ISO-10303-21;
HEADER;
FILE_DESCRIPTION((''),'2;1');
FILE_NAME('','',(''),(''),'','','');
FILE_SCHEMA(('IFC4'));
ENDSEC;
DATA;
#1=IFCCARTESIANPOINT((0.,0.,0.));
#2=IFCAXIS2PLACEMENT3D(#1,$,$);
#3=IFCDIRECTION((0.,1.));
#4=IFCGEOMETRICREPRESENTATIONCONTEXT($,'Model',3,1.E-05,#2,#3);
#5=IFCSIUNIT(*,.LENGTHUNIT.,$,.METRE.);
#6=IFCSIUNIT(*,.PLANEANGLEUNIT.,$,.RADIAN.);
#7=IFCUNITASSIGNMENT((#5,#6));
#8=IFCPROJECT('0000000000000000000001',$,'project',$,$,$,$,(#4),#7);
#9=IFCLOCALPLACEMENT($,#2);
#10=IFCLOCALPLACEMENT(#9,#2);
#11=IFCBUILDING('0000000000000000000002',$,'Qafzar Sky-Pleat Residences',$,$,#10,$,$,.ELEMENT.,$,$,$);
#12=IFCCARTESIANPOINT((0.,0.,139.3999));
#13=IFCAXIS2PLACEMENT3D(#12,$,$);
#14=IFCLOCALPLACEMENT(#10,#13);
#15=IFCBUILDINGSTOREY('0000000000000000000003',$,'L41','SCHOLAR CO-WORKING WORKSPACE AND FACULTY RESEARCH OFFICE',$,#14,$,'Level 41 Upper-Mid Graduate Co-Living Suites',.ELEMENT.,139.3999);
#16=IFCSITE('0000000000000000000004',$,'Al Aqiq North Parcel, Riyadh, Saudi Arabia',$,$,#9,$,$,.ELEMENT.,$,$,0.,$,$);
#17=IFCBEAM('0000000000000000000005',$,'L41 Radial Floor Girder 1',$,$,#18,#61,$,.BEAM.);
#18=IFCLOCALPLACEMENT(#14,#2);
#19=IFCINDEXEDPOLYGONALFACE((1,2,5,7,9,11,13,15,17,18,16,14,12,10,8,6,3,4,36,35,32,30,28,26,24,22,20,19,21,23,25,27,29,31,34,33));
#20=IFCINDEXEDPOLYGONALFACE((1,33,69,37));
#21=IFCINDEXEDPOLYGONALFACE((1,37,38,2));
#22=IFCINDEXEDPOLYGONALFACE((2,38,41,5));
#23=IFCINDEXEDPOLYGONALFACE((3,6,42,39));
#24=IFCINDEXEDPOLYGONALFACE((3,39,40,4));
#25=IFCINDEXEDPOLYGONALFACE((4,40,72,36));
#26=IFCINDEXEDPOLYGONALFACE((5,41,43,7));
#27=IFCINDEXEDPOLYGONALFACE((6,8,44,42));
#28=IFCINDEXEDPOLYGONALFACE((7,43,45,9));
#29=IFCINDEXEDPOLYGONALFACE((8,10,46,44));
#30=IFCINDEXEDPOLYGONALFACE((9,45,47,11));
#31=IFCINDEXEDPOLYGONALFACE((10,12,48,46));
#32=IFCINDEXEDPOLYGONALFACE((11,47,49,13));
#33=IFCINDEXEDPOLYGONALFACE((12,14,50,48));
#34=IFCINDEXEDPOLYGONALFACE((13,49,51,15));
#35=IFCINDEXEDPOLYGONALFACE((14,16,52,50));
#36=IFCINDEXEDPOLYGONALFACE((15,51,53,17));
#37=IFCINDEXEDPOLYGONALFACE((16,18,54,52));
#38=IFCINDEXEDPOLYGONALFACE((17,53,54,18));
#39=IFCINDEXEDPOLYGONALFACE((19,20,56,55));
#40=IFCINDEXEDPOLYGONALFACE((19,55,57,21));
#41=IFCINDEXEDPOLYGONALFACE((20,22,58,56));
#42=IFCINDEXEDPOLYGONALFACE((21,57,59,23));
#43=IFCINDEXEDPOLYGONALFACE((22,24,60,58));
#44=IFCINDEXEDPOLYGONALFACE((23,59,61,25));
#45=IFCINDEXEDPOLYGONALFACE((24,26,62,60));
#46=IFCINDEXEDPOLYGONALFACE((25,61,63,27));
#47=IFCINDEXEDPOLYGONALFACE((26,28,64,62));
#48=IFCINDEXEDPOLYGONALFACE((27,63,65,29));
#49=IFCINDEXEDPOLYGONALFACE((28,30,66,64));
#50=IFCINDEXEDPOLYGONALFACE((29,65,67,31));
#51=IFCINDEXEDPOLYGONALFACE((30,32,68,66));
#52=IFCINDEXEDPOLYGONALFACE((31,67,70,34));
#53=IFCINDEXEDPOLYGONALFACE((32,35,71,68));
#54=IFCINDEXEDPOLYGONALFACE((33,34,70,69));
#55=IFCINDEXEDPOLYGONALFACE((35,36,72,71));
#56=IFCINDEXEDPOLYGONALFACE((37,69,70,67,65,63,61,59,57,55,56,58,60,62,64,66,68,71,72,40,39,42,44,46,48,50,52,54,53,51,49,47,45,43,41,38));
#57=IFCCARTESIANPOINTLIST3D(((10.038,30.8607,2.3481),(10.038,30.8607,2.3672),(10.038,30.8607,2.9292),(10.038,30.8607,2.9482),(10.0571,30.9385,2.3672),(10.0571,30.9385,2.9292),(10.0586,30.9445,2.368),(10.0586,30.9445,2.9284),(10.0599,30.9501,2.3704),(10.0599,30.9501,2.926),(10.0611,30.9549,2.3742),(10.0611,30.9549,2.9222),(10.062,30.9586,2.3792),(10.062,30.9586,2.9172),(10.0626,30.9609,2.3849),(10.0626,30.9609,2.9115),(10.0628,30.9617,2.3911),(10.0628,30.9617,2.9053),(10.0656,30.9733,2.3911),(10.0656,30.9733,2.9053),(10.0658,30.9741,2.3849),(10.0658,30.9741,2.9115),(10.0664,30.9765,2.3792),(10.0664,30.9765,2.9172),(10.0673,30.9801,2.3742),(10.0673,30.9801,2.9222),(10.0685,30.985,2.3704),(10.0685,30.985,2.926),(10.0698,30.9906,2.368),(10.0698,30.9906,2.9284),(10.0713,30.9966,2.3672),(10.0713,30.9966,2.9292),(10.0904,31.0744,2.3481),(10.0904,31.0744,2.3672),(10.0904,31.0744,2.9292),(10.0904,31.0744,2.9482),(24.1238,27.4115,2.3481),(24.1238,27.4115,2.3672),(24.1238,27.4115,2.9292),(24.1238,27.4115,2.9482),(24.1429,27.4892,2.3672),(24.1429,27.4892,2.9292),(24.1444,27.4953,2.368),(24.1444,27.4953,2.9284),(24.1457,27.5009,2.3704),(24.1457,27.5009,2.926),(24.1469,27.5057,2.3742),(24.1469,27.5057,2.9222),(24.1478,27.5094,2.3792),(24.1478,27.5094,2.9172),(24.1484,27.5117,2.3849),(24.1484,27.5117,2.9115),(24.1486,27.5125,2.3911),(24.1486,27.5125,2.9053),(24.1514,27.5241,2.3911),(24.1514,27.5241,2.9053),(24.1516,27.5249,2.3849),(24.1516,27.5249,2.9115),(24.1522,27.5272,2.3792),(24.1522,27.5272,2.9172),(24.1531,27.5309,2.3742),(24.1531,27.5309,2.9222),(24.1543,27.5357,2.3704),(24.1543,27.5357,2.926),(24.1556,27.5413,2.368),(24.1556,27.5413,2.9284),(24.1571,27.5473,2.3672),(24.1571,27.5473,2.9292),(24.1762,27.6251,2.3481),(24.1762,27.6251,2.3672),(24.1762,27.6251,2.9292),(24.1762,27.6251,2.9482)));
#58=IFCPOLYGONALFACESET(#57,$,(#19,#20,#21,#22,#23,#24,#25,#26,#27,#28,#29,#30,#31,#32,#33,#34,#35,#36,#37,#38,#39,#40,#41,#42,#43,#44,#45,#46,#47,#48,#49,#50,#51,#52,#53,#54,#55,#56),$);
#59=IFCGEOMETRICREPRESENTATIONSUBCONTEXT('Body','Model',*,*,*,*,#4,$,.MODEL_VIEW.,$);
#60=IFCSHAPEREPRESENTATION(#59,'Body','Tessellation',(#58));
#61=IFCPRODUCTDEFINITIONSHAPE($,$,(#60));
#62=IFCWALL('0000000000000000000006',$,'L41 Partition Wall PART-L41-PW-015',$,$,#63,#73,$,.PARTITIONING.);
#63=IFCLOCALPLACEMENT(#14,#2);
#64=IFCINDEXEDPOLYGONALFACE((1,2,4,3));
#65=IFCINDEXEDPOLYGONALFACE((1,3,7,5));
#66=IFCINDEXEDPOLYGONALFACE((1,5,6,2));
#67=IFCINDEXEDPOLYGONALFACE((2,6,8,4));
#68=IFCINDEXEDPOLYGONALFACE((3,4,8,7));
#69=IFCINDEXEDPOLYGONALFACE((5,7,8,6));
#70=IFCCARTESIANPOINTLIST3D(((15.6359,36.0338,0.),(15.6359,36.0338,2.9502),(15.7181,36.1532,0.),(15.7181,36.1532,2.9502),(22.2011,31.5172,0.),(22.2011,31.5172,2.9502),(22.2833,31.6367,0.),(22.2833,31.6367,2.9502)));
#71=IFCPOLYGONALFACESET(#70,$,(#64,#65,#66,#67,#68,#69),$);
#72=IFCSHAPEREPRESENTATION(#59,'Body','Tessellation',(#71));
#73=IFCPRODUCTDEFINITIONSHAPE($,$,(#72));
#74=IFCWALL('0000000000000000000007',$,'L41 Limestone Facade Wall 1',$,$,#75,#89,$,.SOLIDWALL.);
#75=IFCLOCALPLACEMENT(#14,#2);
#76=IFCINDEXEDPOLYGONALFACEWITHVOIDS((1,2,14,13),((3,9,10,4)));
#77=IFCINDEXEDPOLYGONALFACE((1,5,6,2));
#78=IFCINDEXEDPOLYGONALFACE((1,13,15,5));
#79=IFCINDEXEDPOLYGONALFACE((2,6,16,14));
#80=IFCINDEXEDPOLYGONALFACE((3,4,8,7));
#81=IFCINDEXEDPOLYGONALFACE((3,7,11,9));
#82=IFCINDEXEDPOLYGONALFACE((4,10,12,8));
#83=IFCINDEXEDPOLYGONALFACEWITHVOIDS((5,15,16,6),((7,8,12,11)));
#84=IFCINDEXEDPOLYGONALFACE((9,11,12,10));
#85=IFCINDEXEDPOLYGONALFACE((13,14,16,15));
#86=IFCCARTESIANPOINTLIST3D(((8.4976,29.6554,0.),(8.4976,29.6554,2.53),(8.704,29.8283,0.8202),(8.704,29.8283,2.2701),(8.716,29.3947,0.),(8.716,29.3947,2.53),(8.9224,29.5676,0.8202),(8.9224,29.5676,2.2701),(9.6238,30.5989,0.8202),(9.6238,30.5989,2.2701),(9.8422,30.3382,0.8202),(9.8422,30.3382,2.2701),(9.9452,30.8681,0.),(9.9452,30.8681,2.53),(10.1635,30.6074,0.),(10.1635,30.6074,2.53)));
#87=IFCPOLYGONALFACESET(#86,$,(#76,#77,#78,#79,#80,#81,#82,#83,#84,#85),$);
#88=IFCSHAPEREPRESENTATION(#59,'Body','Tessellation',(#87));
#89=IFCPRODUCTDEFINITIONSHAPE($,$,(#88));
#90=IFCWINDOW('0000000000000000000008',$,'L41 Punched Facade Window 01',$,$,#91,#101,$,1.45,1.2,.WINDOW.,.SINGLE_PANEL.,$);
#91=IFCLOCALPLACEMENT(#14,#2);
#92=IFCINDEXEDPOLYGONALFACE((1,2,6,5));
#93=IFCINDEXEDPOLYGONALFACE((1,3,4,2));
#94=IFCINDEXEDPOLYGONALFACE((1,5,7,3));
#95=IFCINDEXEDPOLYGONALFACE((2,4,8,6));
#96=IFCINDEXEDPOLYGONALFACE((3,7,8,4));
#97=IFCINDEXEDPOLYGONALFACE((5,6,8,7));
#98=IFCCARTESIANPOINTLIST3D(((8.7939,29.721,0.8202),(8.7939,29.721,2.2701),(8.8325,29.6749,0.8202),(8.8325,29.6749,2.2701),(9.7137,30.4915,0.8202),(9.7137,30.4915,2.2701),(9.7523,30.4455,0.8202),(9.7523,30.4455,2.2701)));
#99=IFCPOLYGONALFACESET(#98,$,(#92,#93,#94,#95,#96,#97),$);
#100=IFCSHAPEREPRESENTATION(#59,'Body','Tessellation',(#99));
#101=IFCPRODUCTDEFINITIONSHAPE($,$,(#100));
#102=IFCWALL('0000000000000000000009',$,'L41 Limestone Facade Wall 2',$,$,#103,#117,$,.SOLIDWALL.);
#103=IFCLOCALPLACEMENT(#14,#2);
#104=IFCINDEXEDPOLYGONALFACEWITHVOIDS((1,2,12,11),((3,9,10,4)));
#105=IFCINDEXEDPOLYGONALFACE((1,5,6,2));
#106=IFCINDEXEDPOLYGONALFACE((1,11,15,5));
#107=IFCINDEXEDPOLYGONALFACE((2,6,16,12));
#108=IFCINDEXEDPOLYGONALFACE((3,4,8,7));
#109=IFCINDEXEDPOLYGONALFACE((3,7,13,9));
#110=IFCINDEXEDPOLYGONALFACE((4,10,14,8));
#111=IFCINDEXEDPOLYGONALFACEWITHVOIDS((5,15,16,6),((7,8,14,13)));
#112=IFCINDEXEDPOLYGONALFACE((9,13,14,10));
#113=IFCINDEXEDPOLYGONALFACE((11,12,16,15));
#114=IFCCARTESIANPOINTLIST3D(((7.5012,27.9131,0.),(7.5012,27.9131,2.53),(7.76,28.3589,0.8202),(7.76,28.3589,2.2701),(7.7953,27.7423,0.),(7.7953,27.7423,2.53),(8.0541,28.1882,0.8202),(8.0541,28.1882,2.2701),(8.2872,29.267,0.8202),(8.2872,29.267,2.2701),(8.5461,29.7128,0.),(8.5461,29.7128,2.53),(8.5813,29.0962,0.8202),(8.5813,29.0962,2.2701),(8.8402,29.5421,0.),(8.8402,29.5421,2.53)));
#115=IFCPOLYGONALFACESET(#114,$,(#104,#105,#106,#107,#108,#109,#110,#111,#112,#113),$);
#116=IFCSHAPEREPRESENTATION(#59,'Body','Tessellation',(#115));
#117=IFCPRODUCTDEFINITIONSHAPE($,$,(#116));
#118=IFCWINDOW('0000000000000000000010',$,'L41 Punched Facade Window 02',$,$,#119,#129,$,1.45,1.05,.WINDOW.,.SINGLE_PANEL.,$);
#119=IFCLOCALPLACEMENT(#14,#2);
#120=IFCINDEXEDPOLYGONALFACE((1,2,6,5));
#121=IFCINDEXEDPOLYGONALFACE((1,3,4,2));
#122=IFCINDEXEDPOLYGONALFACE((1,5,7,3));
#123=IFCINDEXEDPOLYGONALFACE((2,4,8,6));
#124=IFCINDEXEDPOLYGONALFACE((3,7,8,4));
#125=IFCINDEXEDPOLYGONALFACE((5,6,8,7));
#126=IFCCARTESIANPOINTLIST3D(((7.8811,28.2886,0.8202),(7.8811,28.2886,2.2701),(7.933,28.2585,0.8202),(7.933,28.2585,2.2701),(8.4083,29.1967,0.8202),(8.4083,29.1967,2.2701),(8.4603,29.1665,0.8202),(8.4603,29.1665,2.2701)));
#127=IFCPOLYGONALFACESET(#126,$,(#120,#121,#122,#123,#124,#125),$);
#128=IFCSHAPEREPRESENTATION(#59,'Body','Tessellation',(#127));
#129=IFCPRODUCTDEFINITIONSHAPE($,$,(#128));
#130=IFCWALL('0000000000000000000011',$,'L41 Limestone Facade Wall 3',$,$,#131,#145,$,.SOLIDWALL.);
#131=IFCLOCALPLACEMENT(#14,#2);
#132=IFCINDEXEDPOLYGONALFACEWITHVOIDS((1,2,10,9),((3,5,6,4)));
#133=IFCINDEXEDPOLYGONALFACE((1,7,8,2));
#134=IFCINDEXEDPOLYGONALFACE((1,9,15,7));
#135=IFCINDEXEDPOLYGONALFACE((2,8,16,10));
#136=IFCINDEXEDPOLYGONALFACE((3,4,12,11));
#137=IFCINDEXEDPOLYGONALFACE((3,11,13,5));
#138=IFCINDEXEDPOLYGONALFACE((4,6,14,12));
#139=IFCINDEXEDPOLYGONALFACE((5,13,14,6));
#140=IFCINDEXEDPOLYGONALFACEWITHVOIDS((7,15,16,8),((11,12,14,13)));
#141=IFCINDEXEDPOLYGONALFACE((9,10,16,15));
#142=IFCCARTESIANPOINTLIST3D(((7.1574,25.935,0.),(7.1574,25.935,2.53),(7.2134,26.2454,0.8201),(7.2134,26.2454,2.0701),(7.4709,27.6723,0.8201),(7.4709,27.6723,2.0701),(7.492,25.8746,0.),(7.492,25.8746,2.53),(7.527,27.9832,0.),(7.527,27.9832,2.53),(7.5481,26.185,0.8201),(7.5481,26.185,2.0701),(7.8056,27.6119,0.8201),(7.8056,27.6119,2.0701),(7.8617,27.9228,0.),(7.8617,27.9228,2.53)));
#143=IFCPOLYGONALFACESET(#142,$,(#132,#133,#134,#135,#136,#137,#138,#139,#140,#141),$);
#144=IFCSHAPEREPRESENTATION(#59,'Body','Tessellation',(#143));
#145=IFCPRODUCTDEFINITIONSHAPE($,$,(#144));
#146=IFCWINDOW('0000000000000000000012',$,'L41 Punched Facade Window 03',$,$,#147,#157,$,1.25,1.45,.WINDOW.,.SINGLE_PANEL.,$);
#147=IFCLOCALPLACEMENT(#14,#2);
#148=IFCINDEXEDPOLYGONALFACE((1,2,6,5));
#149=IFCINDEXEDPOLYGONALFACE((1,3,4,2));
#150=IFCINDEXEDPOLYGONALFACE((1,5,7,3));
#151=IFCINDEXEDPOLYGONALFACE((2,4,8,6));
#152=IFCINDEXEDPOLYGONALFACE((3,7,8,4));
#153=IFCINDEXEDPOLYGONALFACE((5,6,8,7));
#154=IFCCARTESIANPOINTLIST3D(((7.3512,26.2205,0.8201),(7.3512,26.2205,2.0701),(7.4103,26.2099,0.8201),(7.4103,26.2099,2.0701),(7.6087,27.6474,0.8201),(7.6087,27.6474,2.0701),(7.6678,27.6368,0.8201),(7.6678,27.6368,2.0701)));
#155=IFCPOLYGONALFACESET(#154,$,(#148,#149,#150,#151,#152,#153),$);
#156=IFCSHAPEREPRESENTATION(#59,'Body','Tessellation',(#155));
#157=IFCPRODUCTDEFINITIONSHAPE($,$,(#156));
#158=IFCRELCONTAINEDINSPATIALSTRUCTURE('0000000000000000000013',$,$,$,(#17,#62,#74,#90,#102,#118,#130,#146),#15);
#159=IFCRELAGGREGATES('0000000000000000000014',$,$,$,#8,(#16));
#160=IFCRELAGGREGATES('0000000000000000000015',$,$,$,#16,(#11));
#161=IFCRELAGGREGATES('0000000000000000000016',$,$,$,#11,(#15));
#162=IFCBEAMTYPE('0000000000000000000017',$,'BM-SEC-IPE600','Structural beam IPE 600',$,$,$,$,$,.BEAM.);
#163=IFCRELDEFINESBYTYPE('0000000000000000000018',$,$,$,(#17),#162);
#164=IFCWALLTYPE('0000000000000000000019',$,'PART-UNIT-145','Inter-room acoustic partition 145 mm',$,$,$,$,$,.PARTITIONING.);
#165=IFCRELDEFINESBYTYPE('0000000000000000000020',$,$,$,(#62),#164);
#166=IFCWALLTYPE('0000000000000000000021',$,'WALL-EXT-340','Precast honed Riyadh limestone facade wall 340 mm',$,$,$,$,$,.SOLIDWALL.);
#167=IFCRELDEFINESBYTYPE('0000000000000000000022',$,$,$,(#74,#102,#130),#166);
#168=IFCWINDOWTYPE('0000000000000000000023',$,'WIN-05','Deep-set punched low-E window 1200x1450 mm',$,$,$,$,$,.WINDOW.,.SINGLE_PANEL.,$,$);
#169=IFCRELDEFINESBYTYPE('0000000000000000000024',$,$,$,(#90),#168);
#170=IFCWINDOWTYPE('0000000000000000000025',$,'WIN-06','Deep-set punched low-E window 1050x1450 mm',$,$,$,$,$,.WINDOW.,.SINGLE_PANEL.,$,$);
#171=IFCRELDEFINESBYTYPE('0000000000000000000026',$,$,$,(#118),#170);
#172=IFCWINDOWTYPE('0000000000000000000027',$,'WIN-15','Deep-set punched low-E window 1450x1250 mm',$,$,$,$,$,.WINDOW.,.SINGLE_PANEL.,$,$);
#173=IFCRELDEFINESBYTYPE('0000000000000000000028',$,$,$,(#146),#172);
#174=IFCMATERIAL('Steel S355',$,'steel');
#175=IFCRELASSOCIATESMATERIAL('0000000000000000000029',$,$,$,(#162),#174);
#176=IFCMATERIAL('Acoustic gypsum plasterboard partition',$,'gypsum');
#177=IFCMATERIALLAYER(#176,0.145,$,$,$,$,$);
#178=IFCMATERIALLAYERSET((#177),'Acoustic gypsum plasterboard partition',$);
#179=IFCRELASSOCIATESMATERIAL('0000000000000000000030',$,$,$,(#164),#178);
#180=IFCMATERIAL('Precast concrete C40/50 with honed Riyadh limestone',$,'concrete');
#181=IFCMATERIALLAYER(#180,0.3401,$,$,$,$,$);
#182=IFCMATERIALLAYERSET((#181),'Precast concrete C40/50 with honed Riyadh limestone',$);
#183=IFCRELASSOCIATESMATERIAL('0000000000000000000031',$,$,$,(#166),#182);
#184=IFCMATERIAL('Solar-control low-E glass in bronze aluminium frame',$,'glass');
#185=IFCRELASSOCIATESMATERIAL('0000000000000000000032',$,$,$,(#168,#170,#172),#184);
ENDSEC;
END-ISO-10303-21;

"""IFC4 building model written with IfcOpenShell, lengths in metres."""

from ifc_helpers import new_model, si_unit, direction, frame, frame_2d, origin, origin_2d, place, context, subcontext, project, spatial, rectangle, i_section, extrude, source, transform, mapped, material, layer, layer_set, material_profile, profile_set, type_object, element, fill, save


model = new_model("IFC4")

# Units and contexts
model_context = context("Model", 3, precision=1e-05, world=origin(), true_north=direction((0.0, 1.0)))
body_context = subcontext(model_context, "Body", "Model", "MODEL_VIEW")
ifc_project = project(units=[si_unit("LENGTHUNIT", "METRE"), si_unit("PLANEANGLEUNIT", "RADIAN")], contexts=[model_context])

# Site, building, storey
site_placement = place(None, origin())
site = spatial("IfcSite", under=ifc_project, at=site_placement, Name="Al Aqiq North Parcel, Riyadh, Saudi Arabia", CompositionType="ELEMENT", RefElevation=0.0)
building_placement = place(site_placement, origin())
building = spatial("IfcBuilding", under=site, at=building_placement, Name="Qafzar Sky-Pleat Residences", CompositionType="ELEMENT")
storey_placement = place(building_placement, frame((0.0, 0.0, 139.3999)))
storey = spatial("IfcBuildingStorey", under=building, at=storey_placement, Name="L41", Description="SCHOLAR CO-WORKING WORKSPACE AND FACULTY RESEARCH OFFICE", LongName="Level 41 Upper-Mid Graduate Co-Living Suites", CompositionType="ELEMENT", Elevation=139.3999)

# Shared definitions
ifc_material_1 = material(Name="Steel S355", Category="steel")

# Beam
ifc_material_profile_1 = material_profile(ifc_material_1, i_section(OverallWidth=0.22, OverallDepth=0.6001, WebThickness=0.012, FlangeThickness=0.019, FilletRadius=0.0239, at=origin_2d()), Name="IPE 600")
ifc_profile_set_1 = profile_set([ifc_material_profile_1], Name="Steel S355")
beam_type_1 = type_object("IfcBeamType", Name="BM-SEC-IPE600", Description="Structural beam IPE 600", PredefinedType="BEAM", material=ifc_profile_set_1)
shared_shape_1 = source(origin(), body_context, "Body", "SweptSolid", [
    extrude(i_section(OverallWidth=0.22, OverallDepth=0.6001, WebThickness=0.012, FlangeThickness=0.019, FilletRadius=0.0239, at=origin_2d()), origin(), (0.0, 0.0, 1.0), 14.502),
])
beam_1_placement = place(storey_placement, frame((10.0642, 30.9675, 2.6482), z_axis=(0.971303, -0.237847, 0.0), x_axis=(0.237847, 0.971303, 0.0)))
element("IfcBeam", 1, at=beam_1_placement, inside=storey, type_object=beam_type_1, Name="L41 Radial Floor Girder 1", PredefinedType="BEAM", context=body_context, shape_type="MappedRepresentation", body=[
    mapped(shared_shape_1, transform((0.0, 0.0, 0.0), x_axis=(1.0, 0.0, 0.0), y_axis=(0.0, 1.0, 0.0), z_axis=(0.0, 0.0, 1.0), scale=1.0)),
])

# Wall
ifc_material_2 = material(Name="Acoustic gypsum plasterboard partition", Category="gypsum")
ifc_layer_1 = layer(ifc_material_2, 0.145)
ifc_layer_set_1 = layer_set([ifc_layer_1], Name="Acoustic gypsum plasterboard partition")
wall_type_1 = type_object("IfcWallType", Name="PART-UNIT-145", Description="Inter-room acoustic partition 145 mm", PredefinedType="PARTITIONING", material=ifc_layer_set_1)
wall_1_placement = place(storey_placement, frame((15.677, 36.0935, 0.0), z_axis=(0.0, 0.0, 1.0), x_axis=(0.823864, -0.566788, 0.0)))
element("IfcWall", 2, at=wall_1_placement, inside=storey, type_object=wall_type_1, Name="L41 Partition Wall PART-L41-PW-015", PredefinedType="PARTITIONING", context=body_context, shape_type="SweptSolid", body=[
    extrude(rectangle(XDim=7.9688, YDim=0.145, at=frame_2d((3.9844, 0.0))), origin(), (0.0, 0.0, 1.0), 2.9502),
])

# Walls, openings, windows
ifc_material_3 = material(Name="Precast concrete C40/50 with honed Riyadh limestone", Category="concrete")
ifc_layer_2 = layer(ifc_material_3, 0.3401)
ifc_layer_set_2 = layer_set([ifc_layer_2], Name="Precast concrete C40/50 with honed Riyadh limestone")
wall_type_2 = type_object("IfcWallType", Name="WALL-EXT-340", Description="Precast honed Riyadh limestone facade wall 340 mm", PredefinedType="SOLIDWALL", material=ifc_layer_set_2)
wall_2_placement = place(storey_placement, frame((10.0544, 30.7378, 0.0), z_axis=(0.0, 0.0, 1.0), x_axis=(-0.766555, -0.642179, 0.0)))
wall_2 = element("IfcWall", 3, at=wall_2_placement, inside=storey, type_object=wall_type_2, Name="L41 Limestone Facade Wall 1", PredefinedType="SOLIDWALL", context=body_context, shape_type="SweptSolid", body=[
    extrude(rectangle(XDim=1.8884, YDim=0.3401, at=frame_2d((0.9443, 0.0))), origin(), (0.0, 0.0, 1.0), 2.53),
])
opening_1_placement = place(wall_2_placement, frame((0.4192, 0.0, 0.8201)))
opening_1 = element("IfcOpeningElement", 4, at=opening_1_placement, cuts=wall_2, PredefinedType="OPENING", context=body_context, shape_type="SweptSolid", body=[
    extrude(rectangle(XDim=1.2, YDim=1.45, at=frame_2d((0.6001, 0.7251))), frame((0.0, 0.1802, 0.0), z_axis=(0.0, -1.0, 0.0), x_axis=(1.0, 0.0, 0.0)), (0.0, 0.0, 1.0), 0.3601),
])
ifc_material_4 = material(Name="Solar-control low-E glass in bronze aluminium frame", Category="glass")
window_type_1 = type_object("IfcWindowType", Name="WIN-05", Description="Deep-set punched low-E window 1200x1450 mm", PartitioningType="SINGLE_PANEL", PredefinedType="WINDOW", material=ifc_material_4)
shared_shape_2 = source(origin(), body_context, "Body", "SweptSolid", [
    extrude(rectangle(XDim=1.2, YDim=1.45, at=frame_2d((0.6001, 0.7251))), frame((0.0, 0.03, 0.0), z_axis=(0.0, -1.0, 0.0), x_axis=(1.0, 0.0, 0.0)), (0.0, 0.0, 1.0), 0.0601),
])
window_1_placement = place(opening_1_placement, origin())
window_1 = element("IfcWindow", 5, at=window_1_placement, inside=storey, type_object=window_type_1, Name="L41 Punched Facade Window 01", OverallHeight=1.45, OverallWidth=1.2, PartitioningType="SINGLE_PANEL", PredefinedType="WINDOW", context=body_context, shape_type="MappedRepresentation", body=[
    mapped(shared_shape_2, transform((0.0, 0.0, 0.0), x_axis=(1.0, 0.0, 0.0), y_axis=(0.0, 1.0, 0.0), z_axis=(0.0, 0.0, 1.0), scale=1.0)),
])
fill(opening_1, window_1)
wall_3_placement = place(storey_placement, frame((8.6931, 29.6274, 0.0), z_axis=(0.0, 0.0, 1.0), x_axis=(-0.50209, -0.864815, 0.0)))
wall_3 = element("IfcWall", 6, at=wall_3_placement, inside=storey, type_object=wall_type_2, Name="L41 Limestone Facade Wall 2", PredefinedType="SOLIDWALL", context=body_context, shape_type="SweptSolid", body=[
    extrude(rectangle(XDim=2.0811, YDim=0.3401, at=frame_2d((1.0405, 0.0))), origin(), (0.0, 0.0, 1.0), 2.53),
])
opening_2_placement = place(wall_3_placement, frame((0.5156, 0.0, 0.8201)))
opening_2 = element("IfcOpeningElement", 7, at=opening_2_placement, cuts=wall_3, PredefinedType="OPENING", context=body_context, shape_type="SweptSolid", body=[
    extrude(rectangle(XDim=1.05, YDim=1.45, at=frame_2d((0.5249, 0.7251))), frame((0.0, 0.1802, 0.0), z_axis=(0.0, -1.0, 0.0), x_axis=(1.0, 0.0, 0.0)), (0.0, 0.0, 1.0), 0.3601),
])
window_type_2 = type_object("IfcWindowType", Name="WIN-06", Description="Deep-set punched low-E window 1050x1450 mm", PartitioningType="SINGLE_PANEL", PredefinedType="WINDOW", material=ifc_material_4)
shared_shape_3 = source(origin(), body_context, "Body", "SweptSolid", [
    extrude(rectangle(XDim=1.05, YDim=1.45, at=frame_2d((0.5249, 0.7251))), frame((0.0, 0.03, 0.0), z_axis=(0.0, -1.0, 0.0), x_axis=(1.0, 0.0, 0.0)), (0.0, 0.0, 1.0), 0.0601),
])
window_2_placement = place(opening_2_placement, origin())
window_2 = element("IfcWindow", 8, at=window_2_placement, inside=storey, type_object=window_type_2, Name="L41 Punched Facade Window 02", OverallHeight=1.45, OverallWidth=1.05, PartitioningType="SINGLE_PANEL", PredefinedType="WINDOW", context=body_context, shape_type="MappedRepresentation", body=[
    mapped(shared_shape_3, transform((0.0, 0.0, 0.0), x_axis=(1.0, 0.0, 0.0), y_axis=(0.0, 1.0, 0.0), z_axis=(0.0, 0.0, 1.0), scale=1.0)),
])
fill(opening_2, window_2)
wall_4_placement = place(storey_placement, frame((7.6943, 27.9529, 0.0), z_axis=(0.0, 0.0, 1.0), x_axis=(-0.177605, -0.984102, 0.0)))
wall_4 = element("IfcWall", 9, at=wall_4_placement, inside=storey, type_object=wall_type_2, Name="L41 Limestone Facade Wall 3", PredefinedType="SOLIDWALL", context=body_context, shape_type="SweptSolid", body=[
    extrude(rectangle(XDim=2.0813, YDim=0.3401, at=frame_2d((1.0405, 0.0))), origin(), (0.0, 0.0, 1.0), 2.53),
])
opening_3_placement = place(wall_4_placement, frame((0.3157, 0.0, 0.8201)))
opening_3 = element("IfcOpeningElement", 10, at=opening_3_placement, cuts=wall_4, PredefinedType="OPENING", context=body_context, shape_type="SweptSolid", body=[
    extrude(rectangle(XDim=1.45, YDim=1.25, at=frame_2d((0.7251, 0.625))), frame((0.0, 0.1802, 0.0), z_axis=(0.0, -1.0, 0.0), x_axis=(1.0, 0.0, 0.0)), (0.0, 0.0, 1.0), 0.3601),
])
window_type_3 = type_object("IfcWindowType", Name="WIN-15", Description="Deep-set punched low-E window 1450x1250 mm", PartitioningType="SINGLE_PANEL", PredefinedType="WINDOW", material=ifc_material_4)
shared_shape_4 = source(origin(), body_context, "Body", "SweptSolid", [
    extrude(rectangle(XDim=1.45, YDim=1.25, at=frame_2d((0.7251, 0.625))), frame((0.0, 0.03, 0.0), z_axis=(0.0, -1.0, 0.0), x_axis=(1.0, 0.0, 0.0)), (0.0, 0.0, 1.0), 0.0601),
])
window_3_placement = place(opening_3_placement, origin())
window_3 = element("IfcWindow", 11, at=window_3_placement, inside=storey, type_object=window_type_3, Name="L41 Punched Facade Window 03", OverallHeight=1.25, OverallWidth=1.45, PartitioningType="SINGLE_PANEL", PredefinedType="WINDOW", context=body_context, shape_type="MappedRepresentation", body=[
    mapped(shared_shape_4, transform((0.0, 0.0, 0.0), x_axis=(1.0, 0.0, 0.0), y_axis=(0.0, 1.0, 0.0), z_axis=(0.0, 0.0, 1.0), scale=1.0)),
])
fill(opening_3, window_3)

save(model, "model.ifc")
